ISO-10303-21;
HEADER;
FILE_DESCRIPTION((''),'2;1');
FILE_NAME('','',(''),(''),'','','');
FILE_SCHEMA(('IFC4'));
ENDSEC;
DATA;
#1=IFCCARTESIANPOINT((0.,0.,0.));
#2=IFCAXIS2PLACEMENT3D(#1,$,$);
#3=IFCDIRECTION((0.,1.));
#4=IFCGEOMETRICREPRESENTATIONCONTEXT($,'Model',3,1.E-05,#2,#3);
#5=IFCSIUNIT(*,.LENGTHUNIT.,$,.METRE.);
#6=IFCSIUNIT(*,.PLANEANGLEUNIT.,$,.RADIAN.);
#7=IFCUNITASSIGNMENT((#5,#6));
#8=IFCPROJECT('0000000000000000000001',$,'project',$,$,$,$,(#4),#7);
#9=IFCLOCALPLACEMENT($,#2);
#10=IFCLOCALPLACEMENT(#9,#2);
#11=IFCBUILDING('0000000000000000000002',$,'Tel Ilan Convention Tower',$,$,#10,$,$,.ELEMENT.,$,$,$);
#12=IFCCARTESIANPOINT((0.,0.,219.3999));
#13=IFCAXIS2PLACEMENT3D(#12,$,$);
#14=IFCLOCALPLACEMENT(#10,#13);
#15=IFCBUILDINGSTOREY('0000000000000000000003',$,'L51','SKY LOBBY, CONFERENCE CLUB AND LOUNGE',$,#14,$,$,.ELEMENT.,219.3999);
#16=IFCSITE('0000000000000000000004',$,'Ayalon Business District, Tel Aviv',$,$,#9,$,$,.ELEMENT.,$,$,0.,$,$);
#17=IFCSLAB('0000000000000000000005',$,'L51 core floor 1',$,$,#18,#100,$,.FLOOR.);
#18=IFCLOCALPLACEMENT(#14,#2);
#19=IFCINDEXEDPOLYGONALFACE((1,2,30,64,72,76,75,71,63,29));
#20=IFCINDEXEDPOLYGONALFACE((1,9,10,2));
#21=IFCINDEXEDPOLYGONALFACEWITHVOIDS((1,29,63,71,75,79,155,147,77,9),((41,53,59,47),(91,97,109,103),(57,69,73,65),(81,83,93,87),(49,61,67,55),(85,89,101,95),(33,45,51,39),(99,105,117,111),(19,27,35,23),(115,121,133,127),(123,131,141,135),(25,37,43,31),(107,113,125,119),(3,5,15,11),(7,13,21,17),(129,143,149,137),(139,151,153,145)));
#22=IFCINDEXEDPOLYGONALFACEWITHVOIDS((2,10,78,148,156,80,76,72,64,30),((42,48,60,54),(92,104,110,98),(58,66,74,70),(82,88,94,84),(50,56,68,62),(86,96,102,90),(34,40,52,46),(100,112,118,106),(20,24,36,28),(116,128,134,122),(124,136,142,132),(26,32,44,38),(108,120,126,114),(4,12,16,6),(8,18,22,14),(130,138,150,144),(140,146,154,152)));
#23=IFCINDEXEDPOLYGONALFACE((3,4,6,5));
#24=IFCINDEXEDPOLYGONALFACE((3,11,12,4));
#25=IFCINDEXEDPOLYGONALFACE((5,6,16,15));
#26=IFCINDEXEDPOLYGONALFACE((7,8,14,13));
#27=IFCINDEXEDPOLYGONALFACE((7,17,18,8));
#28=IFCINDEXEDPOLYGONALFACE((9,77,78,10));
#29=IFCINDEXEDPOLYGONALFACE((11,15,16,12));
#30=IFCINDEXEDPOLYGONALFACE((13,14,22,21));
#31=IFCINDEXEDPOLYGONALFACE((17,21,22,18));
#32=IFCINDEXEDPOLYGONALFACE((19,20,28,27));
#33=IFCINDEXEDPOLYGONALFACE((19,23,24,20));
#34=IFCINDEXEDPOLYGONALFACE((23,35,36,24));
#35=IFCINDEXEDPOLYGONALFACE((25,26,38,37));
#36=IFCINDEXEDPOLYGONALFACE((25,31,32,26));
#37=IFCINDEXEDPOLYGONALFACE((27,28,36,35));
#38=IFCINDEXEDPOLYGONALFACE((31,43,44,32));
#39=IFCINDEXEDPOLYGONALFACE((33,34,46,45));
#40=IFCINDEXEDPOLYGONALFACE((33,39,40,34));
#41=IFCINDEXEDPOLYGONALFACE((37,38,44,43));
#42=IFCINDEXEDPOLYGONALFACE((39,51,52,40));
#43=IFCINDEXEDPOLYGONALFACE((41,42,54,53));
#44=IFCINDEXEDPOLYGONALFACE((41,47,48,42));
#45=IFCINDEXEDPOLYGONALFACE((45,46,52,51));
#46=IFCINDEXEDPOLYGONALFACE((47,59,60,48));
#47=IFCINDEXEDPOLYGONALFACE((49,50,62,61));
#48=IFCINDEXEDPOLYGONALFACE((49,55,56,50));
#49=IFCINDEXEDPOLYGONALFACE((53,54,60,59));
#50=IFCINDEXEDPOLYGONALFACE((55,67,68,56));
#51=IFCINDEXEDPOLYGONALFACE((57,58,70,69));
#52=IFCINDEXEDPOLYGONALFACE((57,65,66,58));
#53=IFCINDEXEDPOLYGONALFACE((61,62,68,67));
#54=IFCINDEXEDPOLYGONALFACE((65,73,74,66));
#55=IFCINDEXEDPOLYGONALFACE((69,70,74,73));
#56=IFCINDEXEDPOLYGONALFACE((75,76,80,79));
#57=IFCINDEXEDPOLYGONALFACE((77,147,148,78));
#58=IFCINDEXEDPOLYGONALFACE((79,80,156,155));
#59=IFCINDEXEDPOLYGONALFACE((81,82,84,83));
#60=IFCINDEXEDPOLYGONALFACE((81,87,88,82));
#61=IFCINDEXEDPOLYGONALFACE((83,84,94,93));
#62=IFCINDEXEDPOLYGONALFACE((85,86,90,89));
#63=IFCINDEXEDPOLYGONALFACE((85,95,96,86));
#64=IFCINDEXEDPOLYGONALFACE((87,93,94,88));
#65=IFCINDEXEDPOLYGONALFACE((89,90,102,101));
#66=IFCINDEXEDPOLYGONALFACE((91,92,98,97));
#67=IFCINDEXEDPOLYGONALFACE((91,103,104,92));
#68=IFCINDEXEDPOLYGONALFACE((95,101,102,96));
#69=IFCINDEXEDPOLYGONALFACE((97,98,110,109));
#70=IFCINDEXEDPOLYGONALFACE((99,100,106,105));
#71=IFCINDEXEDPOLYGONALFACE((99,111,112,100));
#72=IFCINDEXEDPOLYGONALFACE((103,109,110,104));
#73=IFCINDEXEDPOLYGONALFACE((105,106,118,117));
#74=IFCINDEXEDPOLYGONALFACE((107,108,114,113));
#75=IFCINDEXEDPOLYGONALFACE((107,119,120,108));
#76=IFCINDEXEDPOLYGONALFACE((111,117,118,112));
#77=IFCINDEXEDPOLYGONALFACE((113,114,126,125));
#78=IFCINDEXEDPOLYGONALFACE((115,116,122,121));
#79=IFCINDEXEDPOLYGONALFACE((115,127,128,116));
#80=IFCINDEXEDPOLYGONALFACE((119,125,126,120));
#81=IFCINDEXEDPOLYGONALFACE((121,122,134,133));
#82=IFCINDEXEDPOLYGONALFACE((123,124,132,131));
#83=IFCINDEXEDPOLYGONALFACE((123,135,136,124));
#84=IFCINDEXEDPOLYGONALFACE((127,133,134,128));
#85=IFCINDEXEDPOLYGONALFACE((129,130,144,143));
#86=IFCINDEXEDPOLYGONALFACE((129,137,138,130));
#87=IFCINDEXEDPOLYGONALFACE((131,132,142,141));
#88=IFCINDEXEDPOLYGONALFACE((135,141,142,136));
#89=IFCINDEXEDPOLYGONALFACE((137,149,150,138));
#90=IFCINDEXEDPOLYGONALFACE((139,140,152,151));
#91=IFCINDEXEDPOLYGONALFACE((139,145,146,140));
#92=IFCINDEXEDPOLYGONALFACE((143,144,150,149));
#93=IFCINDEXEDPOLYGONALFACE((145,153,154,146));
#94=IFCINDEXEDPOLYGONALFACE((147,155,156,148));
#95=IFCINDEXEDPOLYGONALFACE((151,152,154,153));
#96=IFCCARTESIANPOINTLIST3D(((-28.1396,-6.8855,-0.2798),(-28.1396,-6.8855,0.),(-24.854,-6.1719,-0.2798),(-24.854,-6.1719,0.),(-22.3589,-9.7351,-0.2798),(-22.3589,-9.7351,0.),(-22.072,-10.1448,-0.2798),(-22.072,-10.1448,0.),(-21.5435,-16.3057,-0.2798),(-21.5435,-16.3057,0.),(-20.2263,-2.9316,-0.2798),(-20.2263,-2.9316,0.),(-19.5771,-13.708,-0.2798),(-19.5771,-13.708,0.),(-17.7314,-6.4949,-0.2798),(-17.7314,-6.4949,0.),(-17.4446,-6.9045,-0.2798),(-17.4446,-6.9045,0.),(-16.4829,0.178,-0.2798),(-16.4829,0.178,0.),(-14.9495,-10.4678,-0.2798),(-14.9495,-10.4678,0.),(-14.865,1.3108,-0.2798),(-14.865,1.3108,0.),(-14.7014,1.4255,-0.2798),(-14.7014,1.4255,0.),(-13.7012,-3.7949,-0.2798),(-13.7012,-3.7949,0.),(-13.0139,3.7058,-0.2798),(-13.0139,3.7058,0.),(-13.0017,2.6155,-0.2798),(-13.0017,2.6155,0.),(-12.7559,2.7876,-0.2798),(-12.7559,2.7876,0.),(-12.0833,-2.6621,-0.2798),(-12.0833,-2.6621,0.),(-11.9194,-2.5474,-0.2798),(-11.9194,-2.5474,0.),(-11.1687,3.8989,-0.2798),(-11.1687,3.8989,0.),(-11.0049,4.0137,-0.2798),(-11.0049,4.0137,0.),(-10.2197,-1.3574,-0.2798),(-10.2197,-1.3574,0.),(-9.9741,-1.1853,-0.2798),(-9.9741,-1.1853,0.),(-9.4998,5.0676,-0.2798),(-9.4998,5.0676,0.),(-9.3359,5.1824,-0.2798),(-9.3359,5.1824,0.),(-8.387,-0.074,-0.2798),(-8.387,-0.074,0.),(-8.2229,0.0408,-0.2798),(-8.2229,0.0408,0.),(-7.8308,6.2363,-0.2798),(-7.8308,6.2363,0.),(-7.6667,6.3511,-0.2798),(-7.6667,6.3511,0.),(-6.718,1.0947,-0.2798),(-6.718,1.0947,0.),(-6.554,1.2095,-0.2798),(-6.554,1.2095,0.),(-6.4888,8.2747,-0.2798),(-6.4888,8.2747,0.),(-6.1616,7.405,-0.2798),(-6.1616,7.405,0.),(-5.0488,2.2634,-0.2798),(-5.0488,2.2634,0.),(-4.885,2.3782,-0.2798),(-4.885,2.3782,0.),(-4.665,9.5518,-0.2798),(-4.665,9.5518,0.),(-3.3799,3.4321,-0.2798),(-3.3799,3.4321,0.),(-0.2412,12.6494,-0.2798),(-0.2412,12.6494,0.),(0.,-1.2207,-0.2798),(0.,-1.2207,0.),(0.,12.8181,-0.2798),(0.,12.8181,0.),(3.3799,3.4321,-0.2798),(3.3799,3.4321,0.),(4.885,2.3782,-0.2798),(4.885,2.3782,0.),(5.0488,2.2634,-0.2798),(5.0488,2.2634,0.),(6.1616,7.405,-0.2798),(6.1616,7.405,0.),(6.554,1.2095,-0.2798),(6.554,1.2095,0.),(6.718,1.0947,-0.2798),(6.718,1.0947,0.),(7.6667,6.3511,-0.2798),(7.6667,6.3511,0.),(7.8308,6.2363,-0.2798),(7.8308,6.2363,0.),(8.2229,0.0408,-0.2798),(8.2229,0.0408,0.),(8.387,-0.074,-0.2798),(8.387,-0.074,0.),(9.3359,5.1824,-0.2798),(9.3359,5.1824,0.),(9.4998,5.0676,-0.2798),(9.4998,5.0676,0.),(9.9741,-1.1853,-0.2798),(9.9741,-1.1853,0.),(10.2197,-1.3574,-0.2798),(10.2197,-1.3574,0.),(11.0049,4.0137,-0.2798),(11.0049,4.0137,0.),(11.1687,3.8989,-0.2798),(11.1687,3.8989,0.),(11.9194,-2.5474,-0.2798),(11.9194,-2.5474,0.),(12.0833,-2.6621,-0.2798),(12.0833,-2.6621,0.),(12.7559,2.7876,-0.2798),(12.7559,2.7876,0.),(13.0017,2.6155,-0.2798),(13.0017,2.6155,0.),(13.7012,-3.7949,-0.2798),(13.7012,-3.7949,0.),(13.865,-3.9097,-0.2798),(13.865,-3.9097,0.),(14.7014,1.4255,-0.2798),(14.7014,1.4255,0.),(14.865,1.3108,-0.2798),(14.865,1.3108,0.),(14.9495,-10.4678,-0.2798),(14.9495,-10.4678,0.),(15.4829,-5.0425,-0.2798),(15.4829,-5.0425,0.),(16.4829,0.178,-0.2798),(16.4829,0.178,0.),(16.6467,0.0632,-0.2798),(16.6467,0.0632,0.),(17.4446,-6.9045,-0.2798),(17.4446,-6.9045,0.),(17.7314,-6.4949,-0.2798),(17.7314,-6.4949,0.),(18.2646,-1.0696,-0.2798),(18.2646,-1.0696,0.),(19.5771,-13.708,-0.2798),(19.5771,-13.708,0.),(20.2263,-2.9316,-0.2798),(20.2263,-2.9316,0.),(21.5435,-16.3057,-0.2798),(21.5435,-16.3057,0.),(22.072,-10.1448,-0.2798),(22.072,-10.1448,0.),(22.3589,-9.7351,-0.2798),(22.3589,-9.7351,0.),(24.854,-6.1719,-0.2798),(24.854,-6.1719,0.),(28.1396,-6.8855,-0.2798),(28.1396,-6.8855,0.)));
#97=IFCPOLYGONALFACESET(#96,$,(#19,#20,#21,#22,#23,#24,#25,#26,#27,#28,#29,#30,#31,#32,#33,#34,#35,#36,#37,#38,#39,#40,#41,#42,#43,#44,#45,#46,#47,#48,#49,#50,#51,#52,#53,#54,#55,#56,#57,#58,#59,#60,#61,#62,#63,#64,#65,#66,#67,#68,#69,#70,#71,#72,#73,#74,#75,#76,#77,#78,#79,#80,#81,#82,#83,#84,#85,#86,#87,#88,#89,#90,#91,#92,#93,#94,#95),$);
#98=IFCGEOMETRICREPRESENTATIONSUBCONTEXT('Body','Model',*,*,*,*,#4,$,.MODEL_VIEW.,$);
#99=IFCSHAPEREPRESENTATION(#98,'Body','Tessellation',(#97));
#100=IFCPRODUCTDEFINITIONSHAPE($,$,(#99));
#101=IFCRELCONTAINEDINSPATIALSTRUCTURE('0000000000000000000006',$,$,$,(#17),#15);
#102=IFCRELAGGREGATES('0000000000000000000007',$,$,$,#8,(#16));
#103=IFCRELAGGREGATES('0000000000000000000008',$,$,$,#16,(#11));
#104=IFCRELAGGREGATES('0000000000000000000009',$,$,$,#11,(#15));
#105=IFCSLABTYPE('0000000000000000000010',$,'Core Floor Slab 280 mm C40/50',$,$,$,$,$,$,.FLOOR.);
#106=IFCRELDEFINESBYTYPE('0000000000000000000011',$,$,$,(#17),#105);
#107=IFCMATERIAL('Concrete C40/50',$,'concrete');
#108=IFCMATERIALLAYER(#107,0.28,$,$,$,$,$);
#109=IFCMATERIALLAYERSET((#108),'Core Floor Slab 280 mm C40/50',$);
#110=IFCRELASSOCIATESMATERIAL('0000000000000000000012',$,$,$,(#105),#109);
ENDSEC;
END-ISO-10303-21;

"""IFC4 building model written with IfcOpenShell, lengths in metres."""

from ifc_helpers import new_model, si_unit, direction, frame, origin, place, context, subcontext, project, spatial, polyline, outline, extrude, material, layer, layer_set, type_object, element, save


model = new_model("IFC4")

# Units and contexts
model_context = context("Model", 3, precision=1e-05, world=origin(), true_north=direction((0.0, 1.0)))
body_context = subcontext(model_context, "Body", "Model", "MODEL_VIEW")
ifc_project = project(units=[si_unit("LENGTHUNIT", "METRE"), si_unit("PLANEANGLEUNIT", "RADIAN")], contexts=[model_context])

# Site, building, storey
site_placement = place(None, origin())
site = spatial("IfcSite", under=ifc_project, at=site_placement, Name="Ayalon Business District, Tel Aviv", CompositionType="ELEMENT", RefElevation=0.0)
building_placement = place(site_placement, origin())
building = spatial("IfcBuilding", under=site, at=building_placement, Name="Tel Ilan Convention Tower", CompositionType="ELEMENT")
storey_placement = place(building_placement, frame((0.0, 0.0, 219.3999)))
storey = spatial("IfcBuildingStorey", under=building, at=storey_placement, Name="L51", Description="SKY LOBBY, CONFERENCE CLUB AND LOUNGE", CompositionType="ELEMENT", Elevation=219.3999)

# Slab
ifc_material_1 = material(Name="Concrete C40/50", Category="concrete")
ifc_layer_1 = layer(ifc_material_1, 0.28)
ifc_layer_set_1 = layer_set([ifc_layer_1], Name="Core Floor Slab 280 mm C40/50")
slab_type_1 = type_object("IfcSlabType", Name="Core Floor Slab 280 mm C40/50", PredefinedType="FLOOR", material=ifc_layer_set_1)
slab_1_placement = place(storey_placement, frame((0.0, 0.0, -0.2798)))
element("IfcSlab", 1, at=slab_1_placement, inside=storey, type_object=slab_type_1, Name="L51 core floor 1", PredefinedType="FLOOR", context=body_context, shape_type="SweptSolid", body=[
    extrude(outline(polyline([(0.0, 12.8181), (28.1396, -6.8855), (21.5435, -16.3057), (0.0, -1.2207), (-21.5435, -16.3057), (-28.1396, -6.8855), (-13.0139, 3.7058), (-6.4888, 8.2747), (-4.665, 9.5518), (-0.2412, 12.6494), (0.0, 12.8181)]), holes=[polyline([(-14.9495, -10.4678), (-17.4446, -6.9045), (-22.072, -10.1448), (-19.5771, -13.708), (-14.9495, -10.4678)]), polyline([(-17.7314, -6.4949), (-20.2263, -2.9316), (-24.854, -6.1719), (-22.3589, -9.7351), (-17.7314, -6.4949)]), polyline([(-14.865, 1.3108), (-16.4829, 0.178), (-13.7012, -3.7949), (-12.0833, -2.6621), (-14.865, 1.3108)]), polyline([(-13.0017, 2.6155), (-14.7014, 1.4255), (-11.9194, -2.5474), (-10.2197, -1.3574), (-13.0017, 2.6155)]), polyline([(-11.1687, 3.8989), (-12.7559, 2.7876), (-9.9741, -1.1853), (-8.387, -0.074), (-11.1687, 3.8989)]), polyline([(-9.4998, 5.0676), (-11.0049, 4.0137), (-8.2229, 0.0408), (-6.718, 1.0947), (-9.4998, 5.0676)]), polyline([(-7.8308, 6.2363), (-9.3359, 5.1824), (-6.554, 1.2095), (-5.0488, 2.2634), (-7.8308, 6.2363)]), polyline([(-6.1616, 7.405), (-7.6667, 6.3511), (-4.885, 2.3782), (-3.3799, 3.4321), (-6.1616, 7.405)]), polyline([(4.885, 2.3782), (7.6667, 6.3511), (6.1616, 7.405), (3.3799, 3.4321), (4.885, 2.3782)]), polyline([(17.4446, -6.9045), (14.9495, -10.4678), (19.5771, -13.708), (22.072, -10.1448), (17.4446, -6.9045)]), polyline([(20.2263, -2.9316), (17.7314, -6.4949), (22.3589, -9.7351), (24.854, -6.1719), (20.2263, -2.9316)]), polyline([(15.4829, -5.0425), (18.2646, -1.0696), (16.6467, 0.0632), (13.865, -3.9097), (15.4829, -5.0425)]), polyline([(13.7012, -3.7949), (16.4829, 0.178), (14.865, 1.3108), (12.0833, -2.6621), (13.7012, -3.7949)]), polyline([(11.9194, -2.5474), (14.7014, 1.4255), (13.0017, 2.6155), (10.2197, -1.3574), (11.9194, -2.5474)]), polyline([(9.9741, -1.1853), (12.7559, 2.7876), (11.1687, 3.8989), (8.387, -0.074), (9.9741, -1.1853)]), polyline([(6.718, 1.0947), (8.2229, 0.0408), (11.0049, 4.0137), (9.4998, 5.0676), (6.718, 1.0947)]), polyline([(5.0488, 2.2634), (6.554, 1.2095), (9.3359, 5.1824), (7.8308, 6.2363), (5.0488, 2.2634)])]), origin(), (0.0, 0.0, 1.0), 0.2798),
])

save(model, "model.ifc")
